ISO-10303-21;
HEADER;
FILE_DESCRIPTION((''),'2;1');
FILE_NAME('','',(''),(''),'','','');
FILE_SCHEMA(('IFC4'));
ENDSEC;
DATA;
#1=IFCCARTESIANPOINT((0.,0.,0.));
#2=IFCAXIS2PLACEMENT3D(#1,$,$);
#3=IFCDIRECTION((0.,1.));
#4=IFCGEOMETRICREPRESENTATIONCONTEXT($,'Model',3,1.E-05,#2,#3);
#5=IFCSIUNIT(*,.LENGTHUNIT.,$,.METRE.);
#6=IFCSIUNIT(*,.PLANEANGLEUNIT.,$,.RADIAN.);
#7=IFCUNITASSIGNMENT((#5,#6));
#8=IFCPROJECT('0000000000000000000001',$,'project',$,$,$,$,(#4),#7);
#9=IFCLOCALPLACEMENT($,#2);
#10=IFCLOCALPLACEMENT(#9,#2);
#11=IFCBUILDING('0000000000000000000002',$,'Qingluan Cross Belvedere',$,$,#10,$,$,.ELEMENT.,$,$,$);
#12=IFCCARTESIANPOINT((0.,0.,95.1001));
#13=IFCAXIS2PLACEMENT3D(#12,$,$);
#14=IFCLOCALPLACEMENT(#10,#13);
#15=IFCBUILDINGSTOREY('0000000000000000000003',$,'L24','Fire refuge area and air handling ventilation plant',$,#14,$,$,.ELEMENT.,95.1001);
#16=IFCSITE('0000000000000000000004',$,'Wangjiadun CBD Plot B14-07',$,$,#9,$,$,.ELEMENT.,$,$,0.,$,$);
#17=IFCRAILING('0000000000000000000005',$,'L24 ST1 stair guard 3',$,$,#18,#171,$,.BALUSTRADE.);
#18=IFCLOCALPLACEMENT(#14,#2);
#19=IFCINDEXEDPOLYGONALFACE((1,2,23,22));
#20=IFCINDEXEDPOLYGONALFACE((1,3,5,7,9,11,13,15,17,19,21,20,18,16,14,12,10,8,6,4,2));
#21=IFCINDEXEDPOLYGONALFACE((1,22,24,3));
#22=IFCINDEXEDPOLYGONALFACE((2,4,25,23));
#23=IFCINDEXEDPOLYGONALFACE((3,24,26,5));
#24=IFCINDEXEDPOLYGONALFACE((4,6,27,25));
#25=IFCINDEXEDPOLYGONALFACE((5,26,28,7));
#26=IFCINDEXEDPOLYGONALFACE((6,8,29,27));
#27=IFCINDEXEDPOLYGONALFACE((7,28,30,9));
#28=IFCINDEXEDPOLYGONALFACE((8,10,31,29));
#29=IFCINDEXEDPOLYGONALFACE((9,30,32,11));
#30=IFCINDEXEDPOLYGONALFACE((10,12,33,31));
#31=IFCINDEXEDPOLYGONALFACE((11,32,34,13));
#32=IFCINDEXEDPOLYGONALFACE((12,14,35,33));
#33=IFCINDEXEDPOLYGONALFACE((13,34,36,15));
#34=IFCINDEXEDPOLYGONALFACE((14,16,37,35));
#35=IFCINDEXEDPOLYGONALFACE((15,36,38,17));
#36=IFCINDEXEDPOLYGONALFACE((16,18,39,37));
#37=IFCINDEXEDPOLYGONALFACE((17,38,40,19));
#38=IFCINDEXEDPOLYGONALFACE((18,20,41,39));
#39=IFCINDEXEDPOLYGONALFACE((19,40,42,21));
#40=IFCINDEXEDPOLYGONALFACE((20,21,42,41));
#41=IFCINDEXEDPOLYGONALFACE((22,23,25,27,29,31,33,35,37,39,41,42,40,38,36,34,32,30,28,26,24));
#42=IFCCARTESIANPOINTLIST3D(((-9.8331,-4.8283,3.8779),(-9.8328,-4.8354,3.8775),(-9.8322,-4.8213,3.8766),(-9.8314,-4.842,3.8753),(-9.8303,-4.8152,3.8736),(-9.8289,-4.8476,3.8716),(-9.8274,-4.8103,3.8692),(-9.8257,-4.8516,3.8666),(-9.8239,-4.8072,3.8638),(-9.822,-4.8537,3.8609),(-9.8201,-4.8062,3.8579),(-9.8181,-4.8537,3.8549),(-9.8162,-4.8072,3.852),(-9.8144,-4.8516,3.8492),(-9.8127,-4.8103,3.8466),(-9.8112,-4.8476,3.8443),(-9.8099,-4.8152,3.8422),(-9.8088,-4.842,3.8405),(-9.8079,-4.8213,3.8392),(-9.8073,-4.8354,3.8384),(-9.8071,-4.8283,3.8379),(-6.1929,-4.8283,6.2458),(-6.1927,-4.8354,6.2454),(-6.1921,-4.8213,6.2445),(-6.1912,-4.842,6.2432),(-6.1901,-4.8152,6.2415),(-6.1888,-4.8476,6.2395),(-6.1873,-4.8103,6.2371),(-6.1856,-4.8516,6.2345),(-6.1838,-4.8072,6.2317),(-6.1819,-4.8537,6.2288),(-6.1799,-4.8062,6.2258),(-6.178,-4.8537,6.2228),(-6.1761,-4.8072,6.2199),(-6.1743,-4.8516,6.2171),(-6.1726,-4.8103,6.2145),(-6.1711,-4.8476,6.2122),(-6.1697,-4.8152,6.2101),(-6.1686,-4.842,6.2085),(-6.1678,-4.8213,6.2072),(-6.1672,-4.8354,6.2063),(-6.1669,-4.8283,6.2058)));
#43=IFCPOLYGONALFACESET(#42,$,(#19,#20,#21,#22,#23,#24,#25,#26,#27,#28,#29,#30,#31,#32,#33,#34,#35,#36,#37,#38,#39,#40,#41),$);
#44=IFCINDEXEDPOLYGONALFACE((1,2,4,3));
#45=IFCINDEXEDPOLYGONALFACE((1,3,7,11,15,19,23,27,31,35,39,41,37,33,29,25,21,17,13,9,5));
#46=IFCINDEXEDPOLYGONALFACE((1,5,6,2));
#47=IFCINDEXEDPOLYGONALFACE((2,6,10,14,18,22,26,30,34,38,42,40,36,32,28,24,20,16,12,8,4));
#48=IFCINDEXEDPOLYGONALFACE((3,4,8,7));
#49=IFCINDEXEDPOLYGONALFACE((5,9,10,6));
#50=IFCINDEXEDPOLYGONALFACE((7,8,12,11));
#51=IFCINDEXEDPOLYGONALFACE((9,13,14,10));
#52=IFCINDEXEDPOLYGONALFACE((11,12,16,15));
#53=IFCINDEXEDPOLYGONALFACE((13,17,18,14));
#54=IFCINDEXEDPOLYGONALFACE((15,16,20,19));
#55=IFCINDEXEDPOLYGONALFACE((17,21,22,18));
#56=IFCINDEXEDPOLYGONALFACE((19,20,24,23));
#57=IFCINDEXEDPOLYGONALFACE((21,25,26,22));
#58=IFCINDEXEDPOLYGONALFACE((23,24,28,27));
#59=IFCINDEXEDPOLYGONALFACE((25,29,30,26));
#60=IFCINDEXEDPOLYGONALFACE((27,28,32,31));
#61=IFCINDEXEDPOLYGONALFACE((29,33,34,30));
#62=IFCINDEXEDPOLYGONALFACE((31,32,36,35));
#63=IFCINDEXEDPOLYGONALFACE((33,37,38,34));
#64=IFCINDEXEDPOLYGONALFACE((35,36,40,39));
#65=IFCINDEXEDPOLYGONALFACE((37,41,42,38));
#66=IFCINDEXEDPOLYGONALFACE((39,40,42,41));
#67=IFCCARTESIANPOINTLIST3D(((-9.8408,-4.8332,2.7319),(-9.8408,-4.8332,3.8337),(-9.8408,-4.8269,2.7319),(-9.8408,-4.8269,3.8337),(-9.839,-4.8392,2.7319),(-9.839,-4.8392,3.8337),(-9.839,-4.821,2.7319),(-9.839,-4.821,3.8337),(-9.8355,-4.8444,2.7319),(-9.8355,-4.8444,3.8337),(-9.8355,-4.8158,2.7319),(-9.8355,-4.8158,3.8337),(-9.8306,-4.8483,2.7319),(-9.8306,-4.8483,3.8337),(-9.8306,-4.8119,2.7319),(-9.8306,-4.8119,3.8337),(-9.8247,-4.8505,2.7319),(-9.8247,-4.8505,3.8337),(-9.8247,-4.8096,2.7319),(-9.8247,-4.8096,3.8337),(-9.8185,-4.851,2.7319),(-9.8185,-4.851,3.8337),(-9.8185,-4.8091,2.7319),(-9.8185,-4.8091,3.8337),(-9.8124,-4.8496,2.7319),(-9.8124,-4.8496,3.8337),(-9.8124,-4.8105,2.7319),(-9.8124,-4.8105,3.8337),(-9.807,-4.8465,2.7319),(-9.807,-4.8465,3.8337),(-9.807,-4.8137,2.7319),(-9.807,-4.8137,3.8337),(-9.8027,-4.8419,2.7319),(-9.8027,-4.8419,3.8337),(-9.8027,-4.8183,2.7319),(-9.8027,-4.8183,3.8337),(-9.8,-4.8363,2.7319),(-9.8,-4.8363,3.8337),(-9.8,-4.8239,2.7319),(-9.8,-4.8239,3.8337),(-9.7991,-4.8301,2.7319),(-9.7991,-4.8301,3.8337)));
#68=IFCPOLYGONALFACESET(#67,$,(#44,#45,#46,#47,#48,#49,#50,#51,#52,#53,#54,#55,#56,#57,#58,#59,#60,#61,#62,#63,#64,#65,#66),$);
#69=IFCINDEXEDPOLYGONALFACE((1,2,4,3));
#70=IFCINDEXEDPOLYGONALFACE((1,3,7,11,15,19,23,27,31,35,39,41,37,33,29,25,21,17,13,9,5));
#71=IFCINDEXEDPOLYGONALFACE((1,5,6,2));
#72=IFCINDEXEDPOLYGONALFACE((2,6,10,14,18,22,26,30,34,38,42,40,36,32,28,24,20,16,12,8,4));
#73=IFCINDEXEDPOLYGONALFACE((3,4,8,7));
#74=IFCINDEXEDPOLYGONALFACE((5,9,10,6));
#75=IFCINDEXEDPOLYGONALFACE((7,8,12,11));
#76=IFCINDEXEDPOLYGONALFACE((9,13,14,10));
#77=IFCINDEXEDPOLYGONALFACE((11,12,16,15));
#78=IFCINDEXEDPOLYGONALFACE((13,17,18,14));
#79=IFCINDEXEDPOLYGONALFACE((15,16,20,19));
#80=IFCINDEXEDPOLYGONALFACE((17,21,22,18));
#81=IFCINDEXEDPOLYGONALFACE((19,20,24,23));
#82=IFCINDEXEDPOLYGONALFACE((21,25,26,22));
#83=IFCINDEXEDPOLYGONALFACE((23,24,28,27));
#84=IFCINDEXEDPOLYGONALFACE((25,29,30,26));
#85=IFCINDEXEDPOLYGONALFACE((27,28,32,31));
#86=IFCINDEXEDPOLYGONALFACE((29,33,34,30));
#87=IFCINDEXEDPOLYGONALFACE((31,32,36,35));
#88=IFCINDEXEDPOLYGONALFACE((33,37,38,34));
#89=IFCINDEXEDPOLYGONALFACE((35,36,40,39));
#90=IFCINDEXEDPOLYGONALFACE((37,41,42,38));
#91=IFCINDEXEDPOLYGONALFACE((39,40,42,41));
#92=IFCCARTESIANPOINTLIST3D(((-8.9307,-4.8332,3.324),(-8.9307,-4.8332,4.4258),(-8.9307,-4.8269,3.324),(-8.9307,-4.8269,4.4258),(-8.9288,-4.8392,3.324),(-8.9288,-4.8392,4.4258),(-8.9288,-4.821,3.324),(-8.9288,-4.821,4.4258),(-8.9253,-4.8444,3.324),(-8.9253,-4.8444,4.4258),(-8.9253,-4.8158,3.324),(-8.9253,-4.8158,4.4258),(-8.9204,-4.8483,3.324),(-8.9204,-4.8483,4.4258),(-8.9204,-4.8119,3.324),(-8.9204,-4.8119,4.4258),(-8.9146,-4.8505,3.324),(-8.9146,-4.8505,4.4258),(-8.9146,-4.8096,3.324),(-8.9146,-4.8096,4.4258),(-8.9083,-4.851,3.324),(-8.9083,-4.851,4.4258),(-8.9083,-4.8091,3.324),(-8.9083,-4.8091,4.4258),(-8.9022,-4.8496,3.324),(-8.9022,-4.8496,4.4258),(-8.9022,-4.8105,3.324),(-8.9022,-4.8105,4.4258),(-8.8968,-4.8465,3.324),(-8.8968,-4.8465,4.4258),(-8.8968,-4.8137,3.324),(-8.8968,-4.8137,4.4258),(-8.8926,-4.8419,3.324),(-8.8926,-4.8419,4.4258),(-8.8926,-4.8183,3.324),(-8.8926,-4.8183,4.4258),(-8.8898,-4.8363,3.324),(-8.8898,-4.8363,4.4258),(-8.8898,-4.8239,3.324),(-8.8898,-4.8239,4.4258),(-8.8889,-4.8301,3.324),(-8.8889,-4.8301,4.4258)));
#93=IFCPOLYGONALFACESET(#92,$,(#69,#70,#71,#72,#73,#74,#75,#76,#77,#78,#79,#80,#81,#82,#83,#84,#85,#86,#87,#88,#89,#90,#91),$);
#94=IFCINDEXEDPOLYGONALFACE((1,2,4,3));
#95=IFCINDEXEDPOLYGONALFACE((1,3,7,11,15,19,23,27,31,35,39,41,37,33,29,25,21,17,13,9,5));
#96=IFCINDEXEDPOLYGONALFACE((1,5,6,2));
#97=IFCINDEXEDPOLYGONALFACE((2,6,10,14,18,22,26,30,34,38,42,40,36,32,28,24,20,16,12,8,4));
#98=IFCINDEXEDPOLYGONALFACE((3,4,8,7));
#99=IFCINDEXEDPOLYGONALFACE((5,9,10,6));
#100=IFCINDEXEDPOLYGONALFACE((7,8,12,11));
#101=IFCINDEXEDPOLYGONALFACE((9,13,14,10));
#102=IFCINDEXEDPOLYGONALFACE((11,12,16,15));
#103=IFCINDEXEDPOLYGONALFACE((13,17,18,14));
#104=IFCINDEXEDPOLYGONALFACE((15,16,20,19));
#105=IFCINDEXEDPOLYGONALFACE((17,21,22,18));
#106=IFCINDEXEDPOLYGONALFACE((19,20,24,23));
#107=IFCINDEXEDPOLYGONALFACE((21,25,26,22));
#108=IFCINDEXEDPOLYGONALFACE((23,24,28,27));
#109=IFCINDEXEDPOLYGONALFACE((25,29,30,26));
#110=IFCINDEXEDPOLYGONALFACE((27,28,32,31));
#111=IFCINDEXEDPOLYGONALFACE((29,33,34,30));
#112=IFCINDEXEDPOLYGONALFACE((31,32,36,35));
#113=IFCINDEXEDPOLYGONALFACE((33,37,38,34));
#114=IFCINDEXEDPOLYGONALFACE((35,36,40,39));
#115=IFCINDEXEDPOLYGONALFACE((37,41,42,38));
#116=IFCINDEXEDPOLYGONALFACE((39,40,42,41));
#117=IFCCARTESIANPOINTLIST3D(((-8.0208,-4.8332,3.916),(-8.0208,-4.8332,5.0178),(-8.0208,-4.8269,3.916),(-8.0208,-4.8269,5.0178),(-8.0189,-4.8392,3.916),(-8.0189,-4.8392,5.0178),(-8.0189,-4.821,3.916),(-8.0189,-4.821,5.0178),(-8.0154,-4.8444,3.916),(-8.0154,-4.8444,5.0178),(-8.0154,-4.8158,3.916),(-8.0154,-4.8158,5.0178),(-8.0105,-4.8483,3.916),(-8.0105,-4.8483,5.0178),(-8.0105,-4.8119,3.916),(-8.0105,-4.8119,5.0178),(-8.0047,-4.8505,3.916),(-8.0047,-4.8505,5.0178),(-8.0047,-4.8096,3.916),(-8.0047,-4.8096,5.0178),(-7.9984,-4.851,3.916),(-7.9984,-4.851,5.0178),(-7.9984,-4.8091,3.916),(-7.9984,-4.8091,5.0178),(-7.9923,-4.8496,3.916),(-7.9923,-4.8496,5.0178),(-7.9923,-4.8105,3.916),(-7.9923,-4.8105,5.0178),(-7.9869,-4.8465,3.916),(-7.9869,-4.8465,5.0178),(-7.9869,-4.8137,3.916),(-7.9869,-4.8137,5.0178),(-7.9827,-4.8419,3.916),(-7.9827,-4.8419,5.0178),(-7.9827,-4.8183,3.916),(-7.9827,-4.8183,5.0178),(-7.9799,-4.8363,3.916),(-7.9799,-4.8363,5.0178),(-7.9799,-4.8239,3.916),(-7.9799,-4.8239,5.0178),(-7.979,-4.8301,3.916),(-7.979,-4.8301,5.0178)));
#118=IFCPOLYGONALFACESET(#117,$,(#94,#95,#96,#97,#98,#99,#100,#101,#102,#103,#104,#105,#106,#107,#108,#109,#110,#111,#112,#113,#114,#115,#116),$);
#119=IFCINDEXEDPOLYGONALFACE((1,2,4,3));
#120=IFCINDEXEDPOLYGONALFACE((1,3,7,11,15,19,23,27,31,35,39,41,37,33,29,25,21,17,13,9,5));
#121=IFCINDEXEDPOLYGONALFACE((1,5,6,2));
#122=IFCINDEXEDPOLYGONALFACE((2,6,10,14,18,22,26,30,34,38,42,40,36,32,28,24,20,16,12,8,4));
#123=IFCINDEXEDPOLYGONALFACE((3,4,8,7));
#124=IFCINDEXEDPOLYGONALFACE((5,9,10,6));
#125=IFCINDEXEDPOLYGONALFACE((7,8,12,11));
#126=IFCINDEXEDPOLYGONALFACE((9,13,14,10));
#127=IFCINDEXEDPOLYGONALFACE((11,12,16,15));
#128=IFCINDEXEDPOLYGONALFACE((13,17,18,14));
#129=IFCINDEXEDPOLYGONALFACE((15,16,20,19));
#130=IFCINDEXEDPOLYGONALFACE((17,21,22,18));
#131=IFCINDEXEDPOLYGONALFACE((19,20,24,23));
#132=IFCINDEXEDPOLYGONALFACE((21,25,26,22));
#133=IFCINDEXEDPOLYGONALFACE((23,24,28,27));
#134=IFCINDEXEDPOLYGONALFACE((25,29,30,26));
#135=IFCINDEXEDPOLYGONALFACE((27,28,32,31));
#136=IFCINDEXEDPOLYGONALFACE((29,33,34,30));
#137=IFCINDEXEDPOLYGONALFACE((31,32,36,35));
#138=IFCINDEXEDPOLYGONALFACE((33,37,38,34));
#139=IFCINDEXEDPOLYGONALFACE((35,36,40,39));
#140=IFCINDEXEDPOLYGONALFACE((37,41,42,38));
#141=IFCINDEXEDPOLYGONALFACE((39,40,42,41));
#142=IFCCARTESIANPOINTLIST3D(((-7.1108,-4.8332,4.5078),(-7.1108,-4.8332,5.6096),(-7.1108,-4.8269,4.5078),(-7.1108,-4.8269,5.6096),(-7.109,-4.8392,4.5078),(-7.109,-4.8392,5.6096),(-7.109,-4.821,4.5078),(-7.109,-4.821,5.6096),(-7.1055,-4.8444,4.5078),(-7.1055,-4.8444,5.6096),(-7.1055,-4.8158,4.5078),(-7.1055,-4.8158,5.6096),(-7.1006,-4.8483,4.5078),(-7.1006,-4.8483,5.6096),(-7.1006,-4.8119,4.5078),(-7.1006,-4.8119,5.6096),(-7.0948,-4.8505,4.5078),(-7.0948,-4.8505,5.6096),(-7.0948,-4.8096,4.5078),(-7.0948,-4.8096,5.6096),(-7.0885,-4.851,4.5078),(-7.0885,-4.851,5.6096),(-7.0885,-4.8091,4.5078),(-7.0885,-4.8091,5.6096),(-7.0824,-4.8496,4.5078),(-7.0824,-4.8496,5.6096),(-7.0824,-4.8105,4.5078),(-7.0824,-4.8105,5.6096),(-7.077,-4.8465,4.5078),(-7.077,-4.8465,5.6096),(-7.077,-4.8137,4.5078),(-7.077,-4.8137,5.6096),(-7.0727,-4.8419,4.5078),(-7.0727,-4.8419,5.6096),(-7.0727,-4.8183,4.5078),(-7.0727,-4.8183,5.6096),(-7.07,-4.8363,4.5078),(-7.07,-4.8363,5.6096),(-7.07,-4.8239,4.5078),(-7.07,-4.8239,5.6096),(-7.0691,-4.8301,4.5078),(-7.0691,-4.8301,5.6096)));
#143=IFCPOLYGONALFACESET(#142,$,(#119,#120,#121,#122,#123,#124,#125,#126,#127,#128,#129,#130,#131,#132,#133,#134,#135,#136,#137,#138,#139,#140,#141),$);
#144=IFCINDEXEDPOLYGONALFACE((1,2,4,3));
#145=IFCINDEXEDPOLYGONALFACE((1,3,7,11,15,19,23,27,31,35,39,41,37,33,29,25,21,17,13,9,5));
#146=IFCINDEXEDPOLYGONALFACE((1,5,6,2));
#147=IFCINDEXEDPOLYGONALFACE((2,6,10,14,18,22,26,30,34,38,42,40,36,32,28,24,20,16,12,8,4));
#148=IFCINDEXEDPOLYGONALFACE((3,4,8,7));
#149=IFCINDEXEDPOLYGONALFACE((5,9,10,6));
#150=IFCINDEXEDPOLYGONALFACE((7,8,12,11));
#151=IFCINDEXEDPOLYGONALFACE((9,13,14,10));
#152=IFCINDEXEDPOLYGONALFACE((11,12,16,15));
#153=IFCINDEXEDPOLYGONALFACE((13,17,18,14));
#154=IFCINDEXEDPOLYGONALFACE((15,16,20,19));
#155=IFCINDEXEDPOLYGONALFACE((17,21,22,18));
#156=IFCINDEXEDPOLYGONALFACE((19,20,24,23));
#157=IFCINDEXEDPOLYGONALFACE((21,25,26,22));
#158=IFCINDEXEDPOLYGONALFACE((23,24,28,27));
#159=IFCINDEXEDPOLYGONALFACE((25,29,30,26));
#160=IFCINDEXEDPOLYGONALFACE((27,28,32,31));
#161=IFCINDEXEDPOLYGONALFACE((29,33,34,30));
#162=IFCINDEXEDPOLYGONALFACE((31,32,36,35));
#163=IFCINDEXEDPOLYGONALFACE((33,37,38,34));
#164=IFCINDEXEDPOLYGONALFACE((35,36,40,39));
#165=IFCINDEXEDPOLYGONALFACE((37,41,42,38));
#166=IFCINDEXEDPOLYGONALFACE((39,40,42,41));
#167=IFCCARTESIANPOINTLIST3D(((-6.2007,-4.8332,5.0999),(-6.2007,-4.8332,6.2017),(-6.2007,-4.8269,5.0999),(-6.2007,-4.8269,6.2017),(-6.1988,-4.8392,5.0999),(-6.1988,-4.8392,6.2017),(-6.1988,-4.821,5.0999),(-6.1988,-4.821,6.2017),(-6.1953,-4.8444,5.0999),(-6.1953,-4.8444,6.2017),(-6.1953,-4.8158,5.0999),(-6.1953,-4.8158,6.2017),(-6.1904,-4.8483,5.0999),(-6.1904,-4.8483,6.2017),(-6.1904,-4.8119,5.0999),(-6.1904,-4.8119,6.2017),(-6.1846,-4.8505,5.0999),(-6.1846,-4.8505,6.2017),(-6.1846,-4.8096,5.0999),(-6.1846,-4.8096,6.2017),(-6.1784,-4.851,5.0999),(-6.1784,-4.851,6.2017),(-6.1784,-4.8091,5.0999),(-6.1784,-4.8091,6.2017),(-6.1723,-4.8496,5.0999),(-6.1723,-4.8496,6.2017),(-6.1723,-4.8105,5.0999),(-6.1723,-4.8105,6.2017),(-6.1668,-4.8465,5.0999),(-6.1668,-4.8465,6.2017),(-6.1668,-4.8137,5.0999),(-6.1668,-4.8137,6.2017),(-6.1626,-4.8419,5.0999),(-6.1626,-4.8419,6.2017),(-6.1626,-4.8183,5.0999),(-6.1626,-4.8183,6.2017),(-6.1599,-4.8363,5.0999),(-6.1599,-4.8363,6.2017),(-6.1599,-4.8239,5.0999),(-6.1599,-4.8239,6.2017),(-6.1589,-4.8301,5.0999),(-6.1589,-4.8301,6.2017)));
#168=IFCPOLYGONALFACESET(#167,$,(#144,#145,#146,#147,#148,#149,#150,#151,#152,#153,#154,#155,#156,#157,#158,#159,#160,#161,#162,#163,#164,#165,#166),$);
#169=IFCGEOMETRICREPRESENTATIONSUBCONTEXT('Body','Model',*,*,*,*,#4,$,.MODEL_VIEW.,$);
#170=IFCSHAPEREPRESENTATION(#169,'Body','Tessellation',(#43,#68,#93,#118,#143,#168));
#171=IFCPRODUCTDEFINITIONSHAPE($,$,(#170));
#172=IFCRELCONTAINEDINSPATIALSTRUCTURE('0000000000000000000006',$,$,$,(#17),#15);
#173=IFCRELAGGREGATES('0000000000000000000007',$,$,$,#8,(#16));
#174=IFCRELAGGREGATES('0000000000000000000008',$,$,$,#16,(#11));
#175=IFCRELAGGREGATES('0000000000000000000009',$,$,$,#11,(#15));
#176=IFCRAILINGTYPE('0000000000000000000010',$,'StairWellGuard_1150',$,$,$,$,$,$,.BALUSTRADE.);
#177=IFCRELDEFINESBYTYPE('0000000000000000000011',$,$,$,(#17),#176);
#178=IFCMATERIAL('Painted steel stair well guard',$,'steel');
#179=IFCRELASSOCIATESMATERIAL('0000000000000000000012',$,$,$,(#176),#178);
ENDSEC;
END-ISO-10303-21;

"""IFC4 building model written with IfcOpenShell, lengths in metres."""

from ifc_helpers import new_model, si_unit, direction, frame, origin, origin_2d, place, context, subcontext, project, spatial, circle, extrude, material, type_object, element, save


model = new_model("IFC4")

# Units and contexts
model_context = context("Model", 3, precision=1e-05, world=origin(), true_north=direction((0.0, 1.0)))
body_context = subcontext(model_context, "Body", "Model", "MODEL_VIEW")
ifc_project = project(units=[si_unit("LENGTHUNIT", "METRE"), si_unit("PLANEANGLEUNIT", "RADIAN")], contexts=[model_context])

# Site, building, storey
site_placement = place(None, origin())
site = spatial("IfcSite", under=ifc_project, at=site_placement, Name="Wangjiadun CBD Plot B14-07", CompositionType="ELEMENT", RefElevation=0.0)
building_placement = place(site_placement, origin())
building = spatial("IfcBuilding", under=site, at=building_placement, Name="Qingluan Cross Belvedere", CompositionType="ELEMENT")
storey_placement = place(building_placement, frame((0.0, 0.0, 95.1001)))
storey = spatial("IfcBuildingStorey", under=building, at=storey_placement, Name="L24", Description="Fire refuge area and air handling ventilation plant", CompositionType="ELEMENT", Elevation=95.1001)

# Railing
ifc_material_1 = material(Name="Painted steel stair well guard", Category="steel")
railing_type_1 = type_object("IfcRailingType", Name="StairWellGuard_1150", PredefinedType="BALUSTRADE", material=ifc_material_1)
railing_1_placement = place(storey_placement, frame((-9.8201, -4.8301, 2.7319)))
element("IfcRailing", 1, at=railing_1_placement, inside=storey, type_object=railing_type_1, Name="L24 ST1 stair guard 3", PredefinedType="BALUSTRADE", context=body_context, shape_type="SweptSolid", body=[
    extrude(circle(Radius=0.0239, at=origin_2d()), frame((0.0, 0.0, 1.126), z_axis=(0.838251, 0.0, 0.545285), x_axis=(0.0, 1.0, 0.0)), (0.0, 0.0, 1.0), 4.3425),
    extrude(circle(Radius=0.021, at=origin_2d()), origin(), (0.0, 0.0, 1.0), 1.1018),
    extrude(circle(Radius=0.021, at=origin_2d()), frame((0.9102, 0.0, 0.592)), (0.0, 0.0, 1.0), 1.1018),
    extrude(circle(Radius=0.021, at=origin_2d()), frame((1.8201, 0.0, 1.1841)), (0.0, 0.0, 1.0), 1.1018),
    extrude(circle(Radius=0.021, at=origin_2d()), frame((2.73, 0.0, 1.7759)), (0.0, 0.0, 1.0), 1.1018),
    extrude(circle(Radius=0.021, at=origin_2d()), frame((3.6401, 0.0, 2.3679)), (0.0, 0.0, 1.0), 1.1018),
])

save(model, "model.ifc")
